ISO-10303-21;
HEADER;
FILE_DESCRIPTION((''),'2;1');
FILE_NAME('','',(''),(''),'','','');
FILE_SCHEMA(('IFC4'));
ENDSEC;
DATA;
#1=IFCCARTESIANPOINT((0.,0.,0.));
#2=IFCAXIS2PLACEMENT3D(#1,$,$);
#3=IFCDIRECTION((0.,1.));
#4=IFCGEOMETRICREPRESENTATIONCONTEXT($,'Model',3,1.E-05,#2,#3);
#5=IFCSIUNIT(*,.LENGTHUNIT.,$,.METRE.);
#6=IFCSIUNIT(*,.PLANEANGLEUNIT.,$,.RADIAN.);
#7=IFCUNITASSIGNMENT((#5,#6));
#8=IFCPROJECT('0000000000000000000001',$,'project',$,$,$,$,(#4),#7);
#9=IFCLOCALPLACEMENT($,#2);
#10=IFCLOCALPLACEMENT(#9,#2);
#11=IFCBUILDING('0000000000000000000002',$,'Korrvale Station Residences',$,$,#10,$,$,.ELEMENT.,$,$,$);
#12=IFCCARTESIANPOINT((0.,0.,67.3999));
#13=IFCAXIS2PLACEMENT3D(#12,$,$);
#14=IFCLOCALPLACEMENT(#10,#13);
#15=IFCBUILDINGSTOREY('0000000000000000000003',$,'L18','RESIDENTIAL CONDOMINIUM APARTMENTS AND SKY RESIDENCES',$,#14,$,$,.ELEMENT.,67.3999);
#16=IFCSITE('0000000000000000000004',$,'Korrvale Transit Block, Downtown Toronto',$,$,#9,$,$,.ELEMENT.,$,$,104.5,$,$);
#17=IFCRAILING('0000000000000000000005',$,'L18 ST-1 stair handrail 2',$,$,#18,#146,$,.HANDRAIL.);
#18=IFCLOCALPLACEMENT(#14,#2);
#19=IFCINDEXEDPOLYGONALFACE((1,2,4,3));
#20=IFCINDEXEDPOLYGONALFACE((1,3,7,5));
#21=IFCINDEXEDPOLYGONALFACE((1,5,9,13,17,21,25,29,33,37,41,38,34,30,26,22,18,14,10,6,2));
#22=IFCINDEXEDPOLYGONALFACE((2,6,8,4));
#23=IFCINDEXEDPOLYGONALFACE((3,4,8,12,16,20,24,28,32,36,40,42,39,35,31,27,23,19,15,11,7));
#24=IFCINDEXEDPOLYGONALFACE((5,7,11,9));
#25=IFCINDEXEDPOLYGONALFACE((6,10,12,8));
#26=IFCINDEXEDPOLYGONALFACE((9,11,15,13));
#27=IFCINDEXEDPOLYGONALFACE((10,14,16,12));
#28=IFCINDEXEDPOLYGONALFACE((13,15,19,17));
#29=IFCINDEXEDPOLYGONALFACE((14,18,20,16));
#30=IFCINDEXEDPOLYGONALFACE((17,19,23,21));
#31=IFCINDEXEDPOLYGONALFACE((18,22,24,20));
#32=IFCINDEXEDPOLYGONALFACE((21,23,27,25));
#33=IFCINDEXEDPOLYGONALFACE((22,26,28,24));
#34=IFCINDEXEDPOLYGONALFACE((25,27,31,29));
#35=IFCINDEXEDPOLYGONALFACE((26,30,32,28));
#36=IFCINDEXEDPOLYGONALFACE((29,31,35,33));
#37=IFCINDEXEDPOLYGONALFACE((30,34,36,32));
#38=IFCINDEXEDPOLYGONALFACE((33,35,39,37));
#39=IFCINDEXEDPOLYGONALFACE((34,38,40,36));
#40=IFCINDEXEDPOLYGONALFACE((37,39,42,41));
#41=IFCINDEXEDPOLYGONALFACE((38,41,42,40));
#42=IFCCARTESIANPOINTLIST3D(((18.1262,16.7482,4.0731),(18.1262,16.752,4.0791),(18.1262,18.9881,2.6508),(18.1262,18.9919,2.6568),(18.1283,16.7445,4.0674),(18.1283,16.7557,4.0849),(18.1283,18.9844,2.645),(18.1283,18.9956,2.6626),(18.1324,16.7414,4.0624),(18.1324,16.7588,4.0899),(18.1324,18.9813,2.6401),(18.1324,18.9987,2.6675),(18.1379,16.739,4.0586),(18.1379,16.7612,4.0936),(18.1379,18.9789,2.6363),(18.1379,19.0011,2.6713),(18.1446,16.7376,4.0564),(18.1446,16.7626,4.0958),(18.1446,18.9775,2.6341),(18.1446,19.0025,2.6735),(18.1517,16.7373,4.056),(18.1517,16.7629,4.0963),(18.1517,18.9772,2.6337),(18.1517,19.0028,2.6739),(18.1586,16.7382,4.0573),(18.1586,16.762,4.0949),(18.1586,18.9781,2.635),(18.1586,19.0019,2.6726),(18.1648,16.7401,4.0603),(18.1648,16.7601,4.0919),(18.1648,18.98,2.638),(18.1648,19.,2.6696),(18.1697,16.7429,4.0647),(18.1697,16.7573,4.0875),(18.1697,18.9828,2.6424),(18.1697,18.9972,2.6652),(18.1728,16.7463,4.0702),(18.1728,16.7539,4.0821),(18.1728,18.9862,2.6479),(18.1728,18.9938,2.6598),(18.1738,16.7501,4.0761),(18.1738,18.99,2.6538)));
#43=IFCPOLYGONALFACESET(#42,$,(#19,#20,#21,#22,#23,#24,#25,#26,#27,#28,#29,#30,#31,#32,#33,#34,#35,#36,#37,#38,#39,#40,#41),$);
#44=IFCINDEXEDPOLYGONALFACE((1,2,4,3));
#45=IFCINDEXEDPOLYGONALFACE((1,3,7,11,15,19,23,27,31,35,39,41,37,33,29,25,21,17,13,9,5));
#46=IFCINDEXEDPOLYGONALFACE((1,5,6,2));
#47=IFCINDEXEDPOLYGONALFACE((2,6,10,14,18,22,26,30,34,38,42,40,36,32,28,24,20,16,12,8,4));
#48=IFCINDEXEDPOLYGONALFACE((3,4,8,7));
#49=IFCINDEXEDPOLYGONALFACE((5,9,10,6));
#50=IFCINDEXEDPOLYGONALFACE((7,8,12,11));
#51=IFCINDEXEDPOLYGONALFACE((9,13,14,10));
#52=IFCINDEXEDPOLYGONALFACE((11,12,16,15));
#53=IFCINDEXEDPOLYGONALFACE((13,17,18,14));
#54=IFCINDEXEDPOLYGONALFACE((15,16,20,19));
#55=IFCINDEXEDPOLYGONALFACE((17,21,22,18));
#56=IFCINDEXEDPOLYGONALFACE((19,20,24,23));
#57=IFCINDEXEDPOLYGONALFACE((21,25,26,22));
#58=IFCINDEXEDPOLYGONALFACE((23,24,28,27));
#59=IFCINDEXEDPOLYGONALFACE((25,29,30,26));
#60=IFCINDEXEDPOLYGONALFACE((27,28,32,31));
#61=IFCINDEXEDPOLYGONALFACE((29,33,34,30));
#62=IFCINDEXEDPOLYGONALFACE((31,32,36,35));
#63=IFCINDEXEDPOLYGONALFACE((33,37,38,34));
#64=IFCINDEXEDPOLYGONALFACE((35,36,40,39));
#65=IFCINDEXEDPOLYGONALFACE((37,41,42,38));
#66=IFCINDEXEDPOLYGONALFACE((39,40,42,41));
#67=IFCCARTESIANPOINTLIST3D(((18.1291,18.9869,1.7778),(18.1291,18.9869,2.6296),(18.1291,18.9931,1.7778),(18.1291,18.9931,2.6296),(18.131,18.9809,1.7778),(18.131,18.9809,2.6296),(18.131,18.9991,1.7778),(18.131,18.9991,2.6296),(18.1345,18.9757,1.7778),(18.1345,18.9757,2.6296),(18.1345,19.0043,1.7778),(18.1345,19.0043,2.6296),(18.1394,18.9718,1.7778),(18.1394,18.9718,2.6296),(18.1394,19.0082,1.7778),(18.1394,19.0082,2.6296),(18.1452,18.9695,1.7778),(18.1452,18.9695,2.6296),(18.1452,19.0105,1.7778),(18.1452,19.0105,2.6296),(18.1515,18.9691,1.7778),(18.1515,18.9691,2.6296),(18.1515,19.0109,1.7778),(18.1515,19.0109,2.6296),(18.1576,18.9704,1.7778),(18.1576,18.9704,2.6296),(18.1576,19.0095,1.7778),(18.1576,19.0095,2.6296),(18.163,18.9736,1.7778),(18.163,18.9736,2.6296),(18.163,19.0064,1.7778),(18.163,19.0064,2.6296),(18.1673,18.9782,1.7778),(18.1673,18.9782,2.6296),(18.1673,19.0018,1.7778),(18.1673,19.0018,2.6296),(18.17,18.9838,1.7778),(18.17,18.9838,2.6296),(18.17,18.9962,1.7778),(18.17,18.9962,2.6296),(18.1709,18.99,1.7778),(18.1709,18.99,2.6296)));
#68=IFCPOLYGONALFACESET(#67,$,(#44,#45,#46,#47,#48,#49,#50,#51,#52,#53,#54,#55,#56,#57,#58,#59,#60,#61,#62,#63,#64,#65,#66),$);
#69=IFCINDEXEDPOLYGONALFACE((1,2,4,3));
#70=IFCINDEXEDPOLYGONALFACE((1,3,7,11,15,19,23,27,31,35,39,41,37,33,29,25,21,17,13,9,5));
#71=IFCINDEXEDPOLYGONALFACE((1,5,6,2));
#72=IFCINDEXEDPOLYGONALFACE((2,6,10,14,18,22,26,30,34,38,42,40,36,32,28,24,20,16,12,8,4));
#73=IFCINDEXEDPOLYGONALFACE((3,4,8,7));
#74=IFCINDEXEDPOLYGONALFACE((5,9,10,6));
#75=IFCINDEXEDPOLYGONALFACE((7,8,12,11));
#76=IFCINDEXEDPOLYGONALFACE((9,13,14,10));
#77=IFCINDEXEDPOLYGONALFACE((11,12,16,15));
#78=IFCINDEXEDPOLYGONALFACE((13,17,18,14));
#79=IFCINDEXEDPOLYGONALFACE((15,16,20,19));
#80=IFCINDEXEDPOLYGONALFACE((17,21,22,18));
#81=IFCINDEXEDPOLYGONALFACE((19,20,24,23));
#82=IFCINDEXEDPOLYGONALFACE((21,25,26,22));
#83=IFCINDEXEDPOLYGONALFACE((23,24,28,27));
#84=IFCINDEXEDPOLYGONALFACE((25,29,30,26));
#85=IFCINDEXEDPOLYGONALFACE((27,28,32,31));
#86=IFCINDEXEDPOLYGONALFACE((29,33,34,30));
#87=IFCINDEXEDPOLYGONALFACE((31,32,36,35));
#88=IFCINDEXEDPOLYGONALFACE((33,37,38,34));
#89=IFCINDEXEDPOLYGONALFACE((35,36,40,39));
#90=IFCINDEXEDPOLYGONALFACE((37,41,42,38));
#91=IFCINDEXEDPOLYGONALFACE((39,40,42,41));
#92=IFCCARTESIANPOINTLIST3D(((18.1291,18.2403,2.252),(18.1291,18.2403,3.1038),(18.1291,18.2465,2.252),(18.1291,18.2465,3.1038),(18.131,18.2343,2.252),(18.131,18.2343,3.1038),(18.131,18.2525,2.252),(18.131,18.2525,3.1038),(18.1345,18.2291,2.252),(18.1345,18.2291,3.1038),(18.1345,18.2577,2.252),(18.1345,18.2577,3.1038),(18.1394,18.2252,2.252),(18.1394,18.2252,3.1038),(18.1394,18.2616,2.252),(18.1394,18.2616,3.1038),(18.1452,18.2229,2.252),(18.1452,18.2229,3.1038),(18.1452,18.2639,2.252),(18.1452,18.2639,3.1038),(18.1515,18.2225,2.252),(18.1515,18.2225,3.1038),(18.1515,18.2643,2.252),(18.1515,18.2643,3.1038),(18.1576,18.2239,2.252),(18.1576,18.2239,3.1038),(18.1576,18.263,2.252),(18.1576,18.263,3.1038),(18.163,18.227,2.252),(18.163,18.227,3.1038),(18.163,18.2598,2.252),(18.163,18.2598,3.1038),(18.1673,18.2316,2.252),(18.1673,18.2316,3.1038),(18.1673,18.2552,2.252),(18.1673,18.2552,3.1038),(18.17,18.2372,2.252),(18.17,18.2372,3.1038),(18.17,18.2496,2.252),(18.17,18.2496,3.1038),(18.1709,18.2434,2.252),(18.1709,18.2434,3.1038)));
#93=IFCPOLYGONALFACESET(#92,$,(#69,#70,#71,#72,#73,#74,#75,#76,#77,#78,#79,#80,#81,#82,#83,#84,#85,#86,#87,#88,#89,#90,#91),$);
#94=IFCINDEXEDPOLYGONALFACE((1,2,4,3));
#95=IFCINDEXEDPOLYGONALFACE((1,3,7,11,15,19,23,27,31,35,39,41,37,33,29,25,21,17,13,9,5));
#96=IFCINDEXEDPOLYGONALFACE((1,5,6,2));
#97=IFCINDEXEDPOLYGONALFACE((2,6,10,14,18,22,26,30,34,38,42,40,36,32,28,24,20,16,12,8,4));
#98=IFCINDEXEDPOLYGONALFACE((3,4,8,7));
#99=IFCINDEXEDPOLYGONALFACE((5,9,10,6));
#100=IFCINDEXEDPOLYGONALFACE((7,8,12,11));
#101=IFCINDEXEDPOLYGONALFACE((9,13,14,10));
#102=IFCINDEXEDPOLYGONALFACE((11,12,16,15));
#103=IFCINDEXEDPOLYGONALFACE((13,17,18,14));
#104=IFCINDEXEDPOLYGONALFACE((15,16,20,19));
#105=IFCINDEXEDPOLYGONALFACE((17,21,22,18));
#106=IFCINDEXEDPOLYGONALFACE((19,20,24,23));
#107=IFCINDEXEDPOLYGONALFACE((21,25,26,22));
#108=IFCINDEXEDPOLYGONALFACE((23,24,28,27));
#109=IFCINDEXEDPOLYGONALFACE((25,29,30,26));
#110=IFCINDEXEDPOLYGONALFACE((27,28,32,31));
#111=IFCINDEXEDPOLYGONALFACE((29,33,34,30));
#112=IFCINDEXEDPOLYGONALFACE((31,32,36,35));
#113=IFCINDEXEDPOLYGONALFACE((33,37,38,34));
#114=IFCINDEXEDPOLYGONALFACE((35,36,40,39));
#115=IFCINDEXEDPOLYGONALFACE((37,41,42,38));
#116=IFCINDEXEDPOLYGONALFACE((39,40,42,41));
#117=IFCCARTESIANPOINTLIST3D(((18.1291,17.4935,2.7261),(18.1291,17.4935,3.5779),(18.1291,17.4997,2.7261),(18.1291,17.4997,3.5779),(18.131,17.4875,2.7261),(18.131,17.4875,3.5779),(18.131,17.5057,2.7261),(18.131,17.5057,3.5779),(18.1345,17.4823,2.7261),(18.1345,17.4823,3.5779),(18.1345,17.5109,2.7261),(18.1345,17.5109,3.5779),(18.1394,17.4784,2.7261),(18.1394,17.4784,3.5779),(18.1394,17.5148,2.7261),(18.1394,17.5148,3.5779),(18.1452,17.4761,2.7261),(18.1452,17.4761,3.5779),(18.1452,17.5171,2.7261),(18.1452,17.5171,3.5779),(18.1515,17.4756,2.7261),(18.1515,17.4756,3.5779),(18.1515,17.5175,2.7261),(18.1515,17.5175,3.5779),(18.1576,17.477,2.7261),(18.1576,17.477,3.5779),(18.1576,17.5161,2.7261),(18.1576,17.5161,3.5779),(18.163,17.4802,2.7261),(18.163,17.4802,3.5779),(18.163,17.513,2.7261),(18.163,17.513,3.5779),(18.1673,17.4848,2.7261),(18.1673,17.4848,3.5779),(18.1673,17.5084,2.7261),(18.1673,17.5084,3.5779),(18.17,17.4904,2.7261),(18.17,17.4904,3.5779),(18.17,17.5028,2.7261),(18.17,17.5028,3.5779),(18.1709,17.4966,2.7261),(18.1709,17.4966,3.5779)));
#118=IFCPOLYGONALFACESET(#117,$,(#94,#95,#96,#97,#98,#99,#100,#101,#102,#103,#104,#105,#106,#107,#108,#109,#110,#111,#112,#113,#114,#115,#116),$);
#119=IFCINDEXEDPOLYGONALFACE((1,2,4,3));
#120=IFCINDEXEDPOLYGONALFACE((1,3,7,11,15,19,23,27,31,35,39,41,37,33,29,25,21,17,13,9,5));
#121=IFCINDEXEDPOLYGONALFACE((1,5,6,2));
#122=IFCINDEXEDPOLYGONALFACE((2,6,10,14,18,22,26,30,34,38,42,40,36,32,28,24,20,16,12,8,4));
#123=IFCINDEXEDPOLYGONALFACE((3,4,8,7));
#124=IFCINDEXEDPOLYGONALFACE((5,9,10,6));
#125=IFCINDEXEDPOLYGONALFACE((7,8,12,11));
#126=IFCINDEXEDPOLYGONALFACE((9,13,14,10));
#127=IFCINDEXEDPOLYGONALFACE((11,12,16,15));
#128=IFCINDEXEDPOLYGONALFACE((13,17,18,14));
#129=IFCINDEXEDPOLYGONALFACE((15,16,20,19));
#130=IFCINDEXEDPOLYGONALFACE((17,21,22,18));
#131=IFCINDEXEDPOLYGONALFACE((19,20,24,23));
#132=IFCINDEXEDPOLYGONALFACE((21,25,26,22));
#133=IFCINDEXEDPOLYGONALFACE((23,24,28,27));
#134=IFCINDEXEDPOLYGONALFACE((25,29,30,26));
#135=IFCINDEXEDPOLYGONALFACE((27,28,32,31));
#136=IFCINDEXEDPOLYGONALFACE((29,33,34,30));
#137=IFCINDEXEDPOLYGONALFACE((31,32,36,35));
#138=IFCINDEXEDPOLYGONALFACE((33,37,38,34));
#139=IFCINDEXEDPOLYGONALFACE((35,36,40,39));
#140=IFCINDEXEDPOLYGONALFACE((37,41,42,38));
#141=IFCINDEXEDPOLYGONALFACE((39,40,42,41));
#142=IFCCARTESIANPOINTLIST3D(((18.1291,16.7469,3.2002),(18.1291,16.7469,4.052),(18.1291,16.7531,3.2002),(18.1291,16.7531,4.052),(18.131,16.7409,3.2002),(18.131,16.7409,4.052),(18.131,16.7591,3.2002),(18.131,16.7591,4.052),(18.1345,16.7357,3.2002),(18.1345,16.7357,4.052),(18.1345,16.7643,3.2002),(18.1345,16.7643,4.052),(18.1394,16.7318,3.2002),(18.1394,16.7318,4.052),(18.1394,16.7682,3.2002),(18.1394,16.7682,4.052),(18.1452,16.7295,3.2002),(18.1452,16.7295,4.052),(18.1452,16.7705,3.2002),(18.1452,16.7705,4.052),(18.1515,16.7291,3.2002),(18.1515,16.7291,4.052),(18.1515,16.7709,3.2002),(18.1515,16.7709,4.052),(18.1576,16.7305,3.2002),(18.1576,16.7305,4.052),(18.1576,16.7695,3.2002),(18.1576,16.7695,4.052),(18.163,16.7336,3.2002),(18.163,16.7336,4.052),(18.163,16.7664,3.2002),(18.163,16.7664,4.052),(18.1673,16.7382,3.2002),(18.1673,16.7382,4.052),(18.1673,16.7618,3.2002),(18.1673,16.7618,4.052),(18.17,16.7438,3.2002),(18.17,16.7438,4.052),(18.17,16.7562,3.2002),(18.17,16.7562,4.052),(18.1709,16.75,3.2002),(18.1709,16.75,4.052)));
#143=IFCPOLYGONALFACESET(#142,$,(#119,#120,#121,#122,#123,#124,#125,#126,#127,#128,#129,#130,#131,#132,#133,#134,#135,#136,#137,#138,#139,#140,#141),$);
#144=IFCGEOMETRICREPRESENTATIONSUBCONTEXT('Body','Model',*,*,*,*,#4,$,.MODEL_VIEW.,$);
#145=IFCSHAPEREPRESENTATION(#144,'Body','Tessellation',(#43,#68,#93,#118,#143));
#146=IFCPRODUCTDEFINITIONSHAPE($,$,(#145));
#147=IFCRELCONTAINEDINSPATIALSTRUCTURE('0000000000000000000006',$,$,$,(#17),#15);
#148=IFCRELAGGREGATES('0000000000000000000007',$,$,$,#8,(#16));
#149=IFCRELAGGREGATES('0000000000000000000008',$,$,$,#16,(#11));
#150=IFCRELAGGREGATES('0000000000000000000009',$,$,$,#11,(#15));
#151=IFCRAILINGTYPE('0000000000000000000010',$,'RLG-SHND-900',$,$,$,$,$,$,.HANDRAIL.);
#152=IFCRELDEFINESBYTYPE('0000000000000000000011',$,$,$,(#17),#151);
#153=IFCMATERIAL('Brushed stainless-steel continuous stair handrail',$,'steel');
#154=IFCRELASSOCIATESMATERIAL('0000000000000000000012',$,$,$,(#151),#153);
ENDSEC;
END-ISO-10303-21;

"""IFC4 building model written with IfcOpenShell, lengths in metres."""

from ifc_helpers import new_model, si_unit, direction, frame, origin, origin_2d, place, context, subcontext, project, spatial, circle, extrude, material, type_object, element, save


model = new_model("IFC4")

# Units and contexts
model_context = context("Model", 3, precision=1e-05, world=origin(), true_north=direction((0.0, 1.0)))
body_context = subcontext(model_context, "Body", "Model", "MODEL_VIEW")
ifc_project = project(units=[si_unit("LENGTHUNIT", "METRE"), si_unit("PLANEANGLEUNIT", "RADIAN")], contexts=[model_context])

# Site, building, storey
site_placement = place(None, origin())
site = spatial("IfcSite", under=ifc_project, at=site_placement, Name="Korrvale Transit Block, Downtown Toronto", CompositionType="ELEMENT", RefElevation=104.5)
building_placement = place(site_placement, origin())
building = spatial("IfcBuilding", under=site, at=building_placement, Name="Korrvale Station Residences", CompositionType="ELEMENT")
storey_placement = place(building_placement, frame((0.0, 0.0, 67.3999)))
storey = spatial("IfcBuildingStorey", under=building, at=storey_placement, Name="L18", Description="RESIDENTIAL CONDOMINIUM APARTMENTS AND SKY RESIDENCES", CompositionType="ELEMENT", Elevation=67.3999)

# Railing
ifc_material_1 = material(Name="Brushed stainless-steel continuous stair handrail", Category="steel")
railing_type_1 = type_object("IfcRailingType", Name="RLG-SHND-900", PredefinedType="HANDRAIL", material=ifc_material_1)
railing_1_placement = place(storey_placement, frame((18.1499, 18.99, 1.7778)))
element("IfcRailing", 1, at=railing_1_placement, inside=storey, type_object=railing_type_1, Name="L18 ST-1 stair handrail 2", PredefinedType="HANDRAIL", context=body_context, shape_type="SweptSolid", body=[
    extrude(circle(Radius=0.0239, at=origin_2d()), frame((0.0, 0.0, 0.876), z_axis=(0.0, -0.844188, 0.536048), x_axis=(1.0, 0.0, 0.0)), (0.0, 0.0, 1.0), 2.6533),
    extrude(circle(Radius=0.021, at=origin_2d()), origin(), (0.0, 0.0, 1.0), 0.8518),
    extrude(circle(Radius=0.021, at=origin_2d()), frame((0.0, -0.7466, 0.4741)), (0.0, 0.0, 1.0), 0.8518),
    extrude(circle(Radius=0.021, at=origin_2d()), frame((0.0, -1.4934, 0.9482)), (0.0, 0.0, 1.0), 0.8518),
    extrude(circle(Radius=0.021, at=origin_2d()), frame((0.0, -2.24, 1.4224)), (0.0, 0.0, 1.0), 0.8518),
])

save(model, "model.ifc")
